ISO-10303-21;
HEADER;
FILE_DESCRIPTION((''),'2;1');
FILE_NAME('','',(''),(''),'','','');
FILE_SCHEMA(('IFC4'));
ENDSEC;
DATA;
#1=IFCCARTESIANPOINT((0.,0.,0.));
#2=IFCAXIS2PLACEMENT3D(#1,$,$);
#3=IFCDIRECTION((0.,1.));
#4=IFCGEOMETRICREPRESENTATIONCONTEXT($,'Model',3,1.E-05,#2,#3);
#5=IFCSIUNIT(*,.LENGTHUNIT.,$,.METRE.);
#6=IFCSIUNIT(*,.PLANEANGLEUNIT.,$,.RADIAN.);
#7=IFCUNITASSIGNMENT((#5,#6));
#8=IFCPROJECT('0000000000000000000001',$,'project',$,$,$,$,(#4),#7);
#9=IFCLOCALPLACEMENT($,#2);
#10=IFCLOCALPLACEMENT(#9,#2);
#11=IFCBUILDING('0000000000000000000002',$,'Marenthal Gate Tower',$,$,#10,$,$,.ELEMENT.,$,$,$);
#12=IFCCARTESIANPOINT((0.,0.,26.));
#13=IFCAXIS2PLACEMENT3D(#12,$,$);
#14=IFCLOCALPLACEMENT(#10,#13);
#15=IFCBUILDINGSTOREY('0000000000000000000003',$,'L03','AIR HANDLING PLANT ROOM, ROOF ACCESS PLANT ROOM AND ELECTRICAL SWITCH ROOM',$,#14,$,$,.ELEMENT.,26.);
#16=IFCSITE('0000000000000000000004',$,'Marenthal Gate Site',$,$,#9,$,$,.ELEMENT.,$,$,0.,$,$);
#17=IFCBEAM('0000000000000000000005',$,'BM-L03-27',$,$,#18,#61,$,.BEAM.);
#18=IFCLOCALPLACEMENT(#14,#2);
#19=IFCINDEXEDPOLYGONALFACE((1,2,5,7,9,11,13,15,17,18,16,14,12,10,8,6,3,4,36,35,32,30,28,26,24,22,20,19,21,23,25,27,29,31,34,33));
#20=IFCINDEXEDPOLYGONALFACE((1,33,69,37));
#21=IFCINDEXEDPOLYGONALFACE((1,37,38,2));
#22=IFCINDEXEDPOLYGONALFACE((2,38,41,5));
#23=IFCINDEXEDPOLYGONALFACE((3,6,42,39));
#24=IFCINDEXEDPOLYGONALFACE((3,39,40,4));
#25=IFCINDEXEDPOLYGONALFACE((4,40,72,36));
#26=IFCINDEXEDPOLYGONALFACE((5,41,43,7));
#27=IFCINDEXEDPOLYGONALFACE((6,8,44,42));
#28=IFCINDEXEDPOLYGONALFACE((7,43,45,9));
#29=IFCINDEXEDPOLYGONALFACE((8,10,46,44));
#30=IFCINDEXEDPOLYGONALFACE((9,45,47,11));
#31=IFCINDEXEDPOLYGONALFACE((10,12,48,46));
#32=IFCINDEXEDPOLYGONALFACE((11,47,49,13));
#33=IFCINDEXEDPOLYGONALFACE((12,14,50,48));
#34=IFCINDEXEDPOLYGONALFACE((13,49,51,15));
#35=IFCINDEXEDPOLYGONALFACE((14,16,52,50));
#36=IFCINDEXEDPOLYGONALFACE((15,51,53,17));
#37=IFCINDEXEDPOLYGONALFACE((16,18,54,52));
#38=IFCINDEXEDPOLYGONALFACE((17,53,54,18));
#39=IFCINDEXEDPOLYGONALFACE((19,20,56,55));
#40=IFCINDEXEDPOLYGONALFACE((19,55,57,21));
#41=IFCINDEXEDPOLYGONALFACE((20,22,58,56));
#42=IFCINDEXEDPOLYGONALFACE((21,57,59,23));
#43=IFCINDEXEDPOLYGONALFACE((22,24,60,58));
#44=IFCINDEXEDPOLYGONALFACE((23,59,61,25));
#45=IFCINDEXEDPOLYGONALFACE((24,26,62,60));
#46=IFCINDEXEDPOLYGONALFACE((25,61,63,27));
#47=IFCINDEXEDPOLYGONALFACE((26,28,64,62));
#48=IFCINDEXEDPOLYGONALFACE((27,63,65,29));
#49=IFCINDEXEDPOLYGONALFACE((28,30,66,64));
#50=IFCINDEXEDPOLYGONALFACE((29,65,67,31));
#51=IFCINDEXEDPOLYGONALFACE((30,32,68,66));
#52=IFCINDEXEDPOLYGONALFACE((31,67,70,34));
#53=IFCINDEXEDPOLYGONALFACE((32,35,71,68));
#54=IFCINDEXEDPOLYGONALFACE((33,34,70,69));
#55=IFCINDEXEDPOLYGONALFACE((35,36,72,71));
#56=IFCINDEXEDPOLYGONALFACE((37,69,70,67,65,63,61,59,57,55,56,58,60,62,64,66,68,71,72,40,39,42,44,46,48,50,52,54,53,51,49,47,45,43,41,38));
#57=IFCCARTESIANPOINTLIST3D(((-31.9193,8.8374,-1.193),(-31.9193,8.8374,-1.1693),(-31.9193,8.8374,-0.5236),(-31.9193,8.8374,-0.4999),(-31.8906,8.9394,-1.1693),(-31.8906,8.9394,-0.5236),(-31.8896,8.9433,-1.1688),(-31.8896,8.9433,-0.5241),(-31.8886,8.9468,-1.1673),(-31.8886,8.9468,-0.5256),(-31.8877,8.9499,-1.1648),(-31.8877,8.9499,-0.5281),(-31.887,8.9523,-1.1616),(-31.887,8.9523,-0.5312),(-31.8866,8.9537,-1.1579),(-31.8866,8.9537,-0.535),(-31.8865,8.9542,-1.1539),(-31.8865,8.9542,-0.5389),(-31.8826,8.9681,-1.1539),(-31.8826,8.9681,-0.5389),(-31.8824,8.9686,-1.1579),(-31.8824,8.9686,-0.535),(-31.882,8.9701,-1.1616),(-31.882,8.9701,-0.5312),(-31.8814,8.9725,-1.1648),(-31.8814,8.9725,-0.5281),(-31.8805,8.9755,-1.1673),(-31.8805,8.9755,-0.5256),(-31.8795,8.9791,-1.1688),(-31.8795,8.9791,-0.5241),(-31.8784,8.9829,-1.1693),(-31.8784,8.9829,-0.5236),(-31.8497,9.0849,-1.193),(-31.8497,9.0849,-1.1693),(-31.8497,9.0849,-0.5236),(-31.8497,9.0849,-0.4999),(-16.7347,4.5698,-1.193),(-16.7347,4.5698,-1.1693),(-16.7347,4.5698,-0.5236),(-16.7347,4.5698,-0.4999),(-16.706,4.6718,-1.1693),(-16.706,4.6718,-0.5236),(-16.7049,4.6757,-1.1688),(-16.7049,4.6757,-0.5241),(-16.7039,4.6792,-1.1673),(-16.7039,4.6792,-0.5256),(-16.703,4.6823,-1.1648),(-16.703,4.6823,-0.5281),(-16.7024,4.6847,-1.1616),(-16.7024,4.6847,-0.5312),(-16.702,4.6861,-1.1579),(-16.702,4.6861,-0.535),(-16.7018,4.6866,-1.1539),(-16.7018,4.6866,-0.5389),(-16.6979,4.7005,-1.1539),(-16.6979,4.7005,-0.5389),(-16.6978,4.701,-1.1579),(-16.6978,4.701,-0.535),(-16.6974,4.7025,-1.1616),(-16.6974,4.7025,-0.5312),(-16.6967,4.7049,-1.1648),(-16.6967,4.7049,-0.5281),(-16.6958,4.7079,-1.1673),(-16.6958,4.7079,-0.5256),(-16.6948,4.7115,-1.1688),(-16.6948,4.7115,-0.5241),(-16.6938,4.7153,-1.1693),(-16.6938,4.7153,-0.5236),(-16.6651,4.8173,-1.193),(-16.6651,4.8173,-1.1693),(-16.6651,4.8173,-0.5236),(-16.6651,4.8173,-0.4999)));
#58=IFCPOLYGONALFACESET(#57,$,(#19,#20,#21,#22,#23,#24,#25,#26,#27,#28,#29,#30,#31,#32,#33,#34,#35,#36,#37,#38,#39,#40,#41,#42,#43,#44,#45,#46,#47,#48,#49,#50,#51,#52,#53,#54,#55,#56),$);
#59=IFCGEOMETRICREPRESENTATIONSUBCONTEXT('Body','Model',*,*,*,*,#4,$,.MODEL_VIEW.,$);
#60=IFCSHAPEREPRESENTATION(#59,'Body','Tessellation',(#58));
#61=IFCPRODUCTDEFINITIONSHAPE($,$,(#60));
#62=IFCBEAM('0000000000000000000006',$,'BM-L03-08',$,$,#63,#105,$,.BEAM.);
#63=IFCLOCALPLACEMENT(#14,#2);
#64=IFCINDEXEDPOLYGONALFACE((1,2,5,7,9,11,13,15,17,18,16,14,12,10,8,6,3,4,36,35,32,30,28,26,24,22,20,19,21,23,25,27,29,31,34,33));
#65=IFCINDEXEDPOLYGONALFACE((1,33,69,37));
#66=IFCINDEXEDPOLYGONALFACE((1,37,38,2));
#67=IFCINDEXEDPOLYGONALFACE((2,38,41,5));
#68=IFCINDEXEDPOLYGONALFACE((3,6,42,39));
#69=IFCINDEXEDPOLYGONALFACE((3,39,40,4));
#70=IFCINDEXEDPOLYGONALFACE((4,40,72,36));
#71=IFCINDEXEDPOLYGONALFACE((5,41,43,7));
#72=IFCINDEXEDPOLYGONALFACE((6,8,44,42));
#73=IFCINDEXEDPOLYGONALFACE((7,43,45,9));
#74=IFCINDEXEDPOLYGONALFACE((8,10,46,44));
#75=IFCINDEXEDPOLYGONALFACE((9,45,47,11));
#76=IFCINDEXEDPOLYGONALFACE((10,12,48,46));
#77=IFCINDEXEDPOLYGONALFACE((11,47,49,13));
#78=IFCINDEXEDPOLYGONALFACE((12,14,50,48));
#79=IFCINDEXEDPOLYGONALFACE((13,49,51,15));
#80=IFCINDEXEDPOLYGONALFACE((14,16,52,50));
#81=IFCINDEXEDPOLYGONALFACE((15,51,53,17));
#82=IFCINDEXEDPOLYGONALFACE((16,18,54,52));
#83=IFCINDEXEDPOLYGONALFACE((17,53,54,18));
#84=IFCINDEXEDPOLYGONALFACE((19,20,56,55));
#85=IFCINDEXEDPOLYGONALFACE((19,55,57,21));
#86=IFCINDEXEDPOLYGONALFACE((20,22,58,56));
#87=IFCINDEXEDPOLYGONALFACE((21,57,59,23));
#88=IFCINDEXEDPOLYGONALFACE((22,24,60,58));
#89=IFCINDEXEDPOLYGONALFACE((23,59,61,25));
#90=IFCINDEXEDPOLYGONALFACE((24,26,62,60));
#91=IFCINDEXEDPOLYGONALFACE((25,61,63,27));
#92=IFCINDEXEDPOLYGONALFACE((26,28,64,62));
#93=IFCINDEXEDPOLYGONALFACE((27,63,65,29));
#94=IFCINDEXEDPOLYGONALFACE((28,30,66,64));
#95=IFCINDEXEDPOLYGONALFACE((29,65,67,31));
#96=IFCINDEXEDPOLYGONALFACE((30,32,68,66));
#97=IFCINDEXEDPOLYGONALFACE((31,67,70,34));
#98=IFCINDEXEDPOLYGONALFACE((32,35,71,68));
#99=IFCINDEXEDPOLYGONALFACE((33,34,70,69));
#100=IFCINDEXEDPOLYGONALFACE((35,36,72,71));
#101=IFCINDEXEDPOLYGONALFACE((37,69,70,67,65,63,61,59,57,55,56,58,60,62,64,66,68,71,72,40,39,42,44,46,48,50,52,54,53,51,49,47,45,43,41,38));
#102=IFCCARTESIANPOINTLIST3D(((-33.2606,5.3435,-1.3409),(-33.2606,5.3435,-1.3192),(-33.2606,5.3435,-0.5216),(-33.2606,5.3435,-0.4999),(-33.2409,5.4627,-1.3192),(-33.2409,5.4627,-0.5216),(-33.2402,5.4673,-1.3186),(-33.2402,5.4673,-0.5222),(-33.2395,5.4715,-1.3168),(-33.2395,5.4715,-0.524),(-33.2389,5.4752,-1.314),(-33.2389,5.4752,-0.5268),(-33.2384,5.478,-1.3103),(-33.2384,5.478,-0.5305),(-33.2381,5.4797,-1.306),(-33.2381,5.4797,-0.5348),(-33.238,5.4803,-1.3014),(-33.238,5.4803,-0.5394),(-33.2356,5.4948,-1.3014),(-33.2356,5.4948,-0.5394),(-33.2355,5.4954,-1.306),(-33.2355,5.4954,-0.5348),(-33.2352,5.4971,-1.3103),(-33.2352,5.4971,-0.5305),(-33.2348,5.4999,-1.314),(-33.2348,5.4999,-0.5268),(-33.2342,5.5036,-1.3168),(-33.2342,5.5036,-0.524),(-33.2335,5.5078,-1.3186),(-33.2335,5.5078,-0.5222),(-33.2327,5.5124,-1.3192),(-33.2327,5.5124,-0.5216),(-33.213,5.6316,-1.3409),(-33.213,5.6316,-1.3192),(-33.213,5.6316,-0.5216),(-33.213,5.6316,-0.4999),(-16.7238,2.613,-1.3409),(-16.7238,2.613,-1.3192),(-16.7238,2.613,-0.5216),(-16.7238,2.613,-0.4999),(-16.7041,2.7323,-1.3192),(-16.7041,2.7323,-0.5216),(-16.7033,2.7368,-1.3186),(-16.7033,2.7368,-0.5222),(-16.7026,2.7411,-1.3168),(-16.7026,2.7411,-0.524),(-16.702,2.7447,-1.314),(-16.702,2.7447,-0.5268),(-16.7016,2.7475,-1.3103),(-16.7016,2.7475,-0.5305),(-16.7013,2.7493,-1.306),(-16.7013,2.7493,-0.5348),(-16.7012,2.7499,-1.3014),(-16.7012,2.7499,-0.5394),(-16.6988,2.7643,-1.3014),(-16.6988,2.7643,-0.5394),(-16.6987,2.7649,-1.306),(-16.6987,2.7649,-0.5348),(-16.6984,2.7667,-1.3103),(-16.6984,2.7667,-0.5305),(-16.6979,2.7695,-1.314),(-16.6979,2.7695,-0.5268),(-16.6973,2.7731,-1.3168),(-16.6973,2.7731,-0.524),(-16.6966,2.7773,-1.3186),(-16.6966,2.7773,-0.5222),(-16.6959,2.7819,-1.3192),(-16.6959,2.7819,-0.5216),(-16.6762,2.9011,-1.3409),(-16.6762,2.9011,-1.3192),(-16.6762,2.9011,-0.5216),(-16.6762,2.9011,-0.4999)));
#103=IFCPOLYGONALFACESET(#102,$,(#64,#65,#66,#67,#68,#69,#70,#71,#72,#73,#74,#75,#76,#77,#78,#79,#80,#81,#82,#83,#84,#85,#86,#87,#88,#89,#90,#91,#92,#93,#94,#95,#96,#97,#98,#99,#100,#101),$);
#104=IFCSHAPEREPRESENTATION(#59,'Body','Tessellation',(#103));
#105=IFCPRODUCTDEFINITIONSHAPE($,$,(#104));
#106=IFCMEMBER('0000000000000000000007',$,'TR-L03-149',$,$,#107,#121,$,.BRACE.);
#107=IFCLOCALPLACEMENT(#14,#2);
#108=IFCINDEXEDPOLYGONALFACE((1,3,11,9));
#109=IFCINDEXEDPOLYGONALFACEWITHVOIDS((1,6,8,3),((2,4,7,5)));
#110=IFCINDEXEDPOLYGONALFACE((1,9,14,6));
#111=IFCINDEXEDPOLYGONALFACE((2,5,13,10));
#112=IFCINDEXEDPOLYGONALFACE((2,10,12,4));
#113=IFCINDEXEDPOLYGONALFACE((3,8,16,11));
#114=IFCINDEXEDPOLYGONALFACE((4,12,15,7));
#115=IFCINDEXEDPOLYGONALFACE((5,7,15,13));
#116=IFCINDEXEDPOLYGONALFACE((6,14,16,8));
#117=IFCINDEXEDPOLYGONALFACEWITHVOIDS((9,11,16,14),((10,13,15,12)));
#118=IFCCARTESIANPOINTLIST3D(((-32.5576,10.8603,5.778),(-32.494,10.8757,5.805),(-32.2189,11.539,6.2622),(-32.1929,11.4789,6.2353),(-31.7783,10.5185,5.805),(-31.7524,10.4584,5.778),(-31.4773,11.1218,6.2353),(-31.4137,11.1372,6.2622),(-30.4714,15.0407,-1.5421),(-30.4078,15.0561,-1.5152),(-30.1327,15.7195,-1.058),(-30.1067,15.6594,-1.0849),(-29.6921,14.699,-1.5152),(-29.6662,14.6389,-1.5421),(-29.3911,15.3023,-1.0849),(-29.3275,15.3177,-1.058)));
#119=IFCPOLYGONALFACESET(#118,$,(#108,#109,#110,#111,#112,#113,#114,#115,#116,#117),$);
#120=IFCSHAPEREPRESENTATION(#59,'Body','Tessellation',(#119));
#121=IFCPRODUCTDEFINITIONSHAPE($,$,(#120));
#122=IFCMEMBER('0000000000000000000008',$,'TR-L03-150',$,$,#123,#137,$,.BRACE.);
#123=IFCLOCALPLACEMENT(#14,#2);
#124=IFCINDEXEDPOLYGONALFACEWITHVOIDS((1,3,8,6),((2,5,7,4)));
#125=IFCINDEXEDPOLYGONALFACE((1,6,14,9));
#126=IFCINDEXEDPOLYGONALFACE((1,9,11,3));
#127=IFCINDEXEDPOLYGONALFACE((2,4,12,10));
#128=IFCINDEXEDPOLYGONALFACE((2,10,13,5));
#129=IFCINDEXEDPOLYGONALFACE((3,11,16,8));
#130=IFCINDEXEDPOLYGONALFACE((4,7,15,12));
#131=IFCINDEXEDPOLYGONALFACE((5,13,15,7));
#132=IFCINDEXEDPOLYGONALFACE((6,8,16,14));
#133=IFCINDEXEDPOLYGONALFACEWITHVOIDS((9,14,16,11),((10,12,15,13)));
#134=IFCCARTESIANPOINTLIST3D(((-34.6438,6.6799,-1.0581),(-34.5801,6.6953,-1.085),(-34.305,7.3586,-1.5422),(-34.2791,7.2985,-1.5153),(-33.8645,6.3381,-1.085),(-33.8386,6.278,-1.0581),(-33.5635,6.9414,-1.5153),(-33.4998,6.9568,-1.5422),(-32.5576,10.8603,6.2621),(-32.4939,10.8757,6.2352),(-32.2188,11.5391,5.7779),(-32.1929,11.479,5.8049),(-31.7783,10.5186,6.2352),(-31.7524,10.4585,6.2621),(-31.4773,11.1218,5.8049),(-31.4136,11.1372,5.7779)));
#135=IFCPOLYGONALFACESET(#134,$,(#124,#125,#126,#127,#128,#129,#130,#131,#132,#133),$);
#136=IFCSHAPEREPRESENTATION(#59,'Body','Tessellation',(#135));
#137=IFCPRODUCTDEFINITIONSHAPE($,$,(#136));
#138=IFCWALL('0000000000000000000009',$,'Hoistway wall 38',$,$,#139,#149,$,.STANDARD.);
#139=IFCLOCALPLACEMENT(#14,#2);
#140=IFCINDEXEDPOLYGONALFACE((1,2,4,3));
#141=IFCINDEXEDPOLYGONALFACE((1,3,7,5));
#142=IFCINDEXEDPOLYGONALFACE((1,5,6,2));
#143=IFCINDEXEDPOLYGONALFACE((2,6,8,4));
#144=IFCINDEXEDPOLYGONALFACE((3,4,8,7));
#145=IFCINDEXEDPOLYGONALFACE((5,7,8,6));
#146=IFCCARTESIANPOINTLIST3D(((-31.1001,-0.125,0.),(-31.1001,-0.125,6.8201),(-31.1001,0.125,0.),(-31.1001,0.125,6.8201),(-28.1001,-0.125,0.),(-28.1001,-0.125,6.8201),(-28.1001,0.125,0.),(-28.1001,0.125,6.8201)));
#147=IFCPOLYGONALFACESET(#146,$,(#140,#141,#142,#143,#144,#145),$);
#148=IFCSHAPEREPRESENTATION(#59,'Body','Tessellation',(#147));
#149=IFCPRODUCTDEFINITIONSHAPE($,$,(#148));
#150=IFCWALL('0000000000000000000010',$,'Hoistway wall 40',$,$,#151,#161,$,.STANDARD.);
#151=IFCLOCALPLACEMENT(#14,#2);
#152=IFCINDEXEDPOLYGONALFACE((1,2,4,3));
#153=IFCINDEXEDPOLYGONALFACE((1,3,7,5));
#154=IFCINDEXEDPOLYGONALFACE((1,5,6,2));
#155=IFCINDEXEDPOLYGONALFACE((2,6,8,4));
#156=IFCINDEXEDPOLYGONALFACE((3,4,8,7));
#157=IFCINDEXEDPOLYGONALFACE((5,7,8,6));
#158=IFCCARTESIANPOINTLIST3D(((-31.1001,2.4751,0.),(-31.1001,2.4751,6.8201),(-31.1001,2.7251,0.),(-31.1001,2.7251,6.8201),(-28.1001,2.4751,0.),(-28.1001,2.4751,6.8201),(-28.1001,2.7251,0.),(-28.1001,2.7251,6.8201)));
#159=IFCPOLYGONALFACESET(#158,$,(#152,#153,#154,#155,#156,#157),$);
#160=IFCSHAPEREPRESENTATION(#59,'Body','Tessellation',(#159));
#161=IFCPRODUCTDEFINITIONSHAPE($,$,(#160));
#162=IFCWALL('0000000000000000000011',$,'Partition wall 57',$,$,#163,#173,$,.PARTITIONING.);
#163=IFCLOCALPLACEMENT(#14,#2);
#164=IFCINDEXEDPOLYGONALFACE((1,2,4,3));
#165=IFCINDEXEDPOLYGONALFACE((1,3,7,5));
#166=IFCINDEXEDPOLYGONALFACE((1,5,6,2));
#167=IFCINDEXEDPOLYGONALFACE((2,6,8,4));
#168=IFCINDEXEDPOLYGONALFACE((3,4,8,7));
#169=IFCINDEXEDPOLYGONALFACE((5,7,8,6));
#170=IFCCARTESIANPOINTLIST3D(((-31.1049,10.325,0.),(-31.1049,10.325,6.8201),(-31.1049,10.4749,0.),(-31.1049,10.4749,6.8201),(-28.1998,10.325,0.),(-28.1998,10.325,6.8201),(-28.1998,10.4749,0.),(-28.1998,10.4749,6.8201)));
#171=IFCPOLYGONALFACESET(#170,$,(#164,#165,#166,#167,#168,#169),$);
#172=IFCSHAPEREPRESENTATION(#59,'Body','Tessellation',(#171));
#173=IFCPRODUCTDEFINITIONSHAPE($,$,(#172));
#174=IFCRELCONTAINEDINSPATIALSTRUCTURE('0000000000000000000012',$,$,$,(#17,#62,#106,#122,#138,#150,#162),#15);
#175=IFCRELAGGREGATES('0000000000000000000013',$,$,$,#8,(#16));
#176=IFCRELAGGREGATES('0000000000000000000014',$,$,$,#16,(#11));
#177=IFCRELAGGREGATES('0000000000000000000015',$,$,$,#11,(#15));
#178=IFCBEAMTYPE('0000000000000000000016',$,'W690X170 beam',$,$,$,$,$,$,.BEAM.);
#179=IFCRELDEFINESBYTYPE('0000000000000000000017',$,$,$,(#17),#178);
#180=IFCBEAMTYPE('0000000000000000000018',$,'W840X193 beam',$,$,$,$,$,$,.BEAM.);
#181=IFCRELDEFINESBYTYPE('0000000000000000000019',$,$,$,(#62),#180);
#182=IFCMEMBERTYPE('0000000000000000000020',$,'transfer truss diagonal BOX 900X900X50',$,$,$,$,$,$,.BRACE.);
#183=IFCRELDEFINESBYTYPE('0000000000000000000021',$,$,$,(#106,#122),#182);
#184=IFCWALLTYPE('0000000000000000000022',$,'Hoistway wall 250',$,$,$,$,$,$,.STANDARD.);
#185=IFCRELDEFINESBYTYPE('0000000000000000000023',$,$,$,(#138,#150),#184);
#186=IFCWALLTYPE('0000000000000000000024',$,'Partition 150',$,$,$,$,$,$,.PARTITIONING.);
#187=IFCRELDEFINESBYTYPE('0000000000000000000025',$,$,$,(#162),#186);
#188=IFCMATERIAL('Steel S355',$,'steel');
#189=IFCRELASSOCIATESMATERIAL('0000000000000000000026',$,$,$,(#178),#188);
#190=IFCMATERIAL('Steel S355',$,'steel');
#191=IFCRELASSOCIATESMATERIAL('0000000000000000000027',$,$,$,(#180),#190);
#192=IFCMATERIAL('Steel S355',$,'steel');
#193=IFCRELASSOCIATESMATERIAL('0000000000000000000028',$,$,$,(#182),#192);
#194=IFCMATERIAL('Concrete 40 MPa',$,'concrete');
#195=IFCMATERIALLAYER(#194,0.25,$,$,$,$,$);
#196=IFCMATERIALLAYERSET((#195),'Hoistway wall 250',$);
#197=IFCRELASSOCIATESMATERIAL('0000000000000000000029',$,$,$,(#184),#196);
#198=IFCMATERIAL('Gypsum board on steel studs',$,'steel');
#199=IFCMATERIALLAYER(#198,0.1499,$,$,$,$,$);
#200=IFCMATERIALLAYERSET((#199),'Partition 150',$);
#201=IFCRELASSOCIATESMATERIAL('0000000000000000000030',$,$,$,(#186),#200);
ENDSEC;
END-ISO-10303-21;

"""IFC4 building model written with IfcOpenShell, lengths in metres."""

from ifc_helpers import new_model, si_unit, direction, frame, frame_2d, origin, origin_2d, place, context, subcontext, project, spatial, rectangle, hollow_rectangle, i_section, extrude, material, layer, layer_set, material_profile, profile_set, type_object, element, save


model = new_model("IFC4")

# Units and contexts
model_context = context("Model", 3, precision=1e-05, world=origin(), true_north=direction((0.0, 1.0)))
body_context = subcontext(model_context, "Body", "Model", "MODEL_VIEW")
ifc_project = project(units=[si_unit("LENGTHUNIT", "METRE"), si_unit("PLANEANGLEUNIT", "RADIAN")], contexts=[model_context])

# Site, building, storey
site_placement = place(None, origin())
site = spatial("IfcSite", under=ifc_project, at=site_placement, Name="Marenthal Gate Site", CompositionType="ELEMENT", RefElevation=0.0)
building_placement = place(site_placement, origin())
building = spatial("IfcBuilding", under=site, at=building_placement, Name="Marenthal Gate Tower", CompositionType="ELEMENT")
storey_placement = place(building_placement, frame((0.0, 0.0, 26.0)))
storey = spatial("IfcBuildingStorey", under=building, at=storey_placement, Name="L03", Description="AIR HANDLING PLANT ROOM, ROOF ACCESS PLANT ROOM AND ELECTRICAL SWITCH ROOM", CompositionType="ELEMENT", Elevation=26.0)

# Beams
ifc_material_1 = material(Name="Steel S355", Category="steel")
ifc_material_profile_1 = material_profile(ifc_material_1, i_section(OverallWidth=0.2571, OverallDepth=0.6931, WebThickness=0.0144, FlangeThickness=0.0237, FilletRadius=0.0154, at=origin_2d()), Name="W690X170")
ifc_profile_set_1 = profile_set([ifc_material_profile_1], Name="Steel S355")
beam_type_1 = type_object("IfcBeamType", Name="W690X170 beam", PredefinedType="BEAM", material=ifc_profile_set_1)
beam_1_placement = place(storey_placement, frame((-31.8845, 8.9612, -0.8464), z_axis=(0.962702, -0.270564, 0.0), x_axis=(0.270564, 0.962702, 0.0)))
element("IfcBeam", 1, at=beam_1_placement, inside=storey, type_object=beam_type_1, Name="BM-L03-27", PredefinedType="BEAM", context=body_context, shape_type="SweptSolid", body=[
    extrude(i_section(OverallWidth=0.2571, OverallDepth=0.6931, WebThickness=0.0144, FlangeThickness=0.0237, FilletRadius=0.0154, at=origin_2d()), origin(), (0.0, 0.0, 1.0), 15.7729),
])
ifc_material_2 = material(Name="Steel S355", Category="steel")
ifc_material_profile_2 = material_profile(ifc_material_2, i_section(OverallWidth=0.292, OverallDepth=0.8411, WebThickness=0.0146, FlangeThickness=0.0217, FilletRadius=0.0178, at=origin_2d()), Name="W840X193")
ifc_profile_set_2 = profile_set([ifc_material_profile_2], Name="Steel S355")
beam_type_2 = type_object("IfcBeamType", Name="W840X193 beam", PredefinedType="BEAM", material=ifc_profile_set_2)
beam_2_placement = place(storey_placement, frame((-33.2368, 5.4875, -0.9204), z_axis=(0.986641, -0.162908, 0.0), x_axis=(0.162908, 0.986641, 0.0)))
element("IfcBeam", 2, at=beam_2_placement, inside=storey, type_object=beam_type_2, Name="BM-L03-08", PredefinedType="BEAM", context=body_context, shape_type="SweptSolid", body=[
    extrude(i_section(OverallWidth=0.292, OverallDepth=0.8411, WebThickness=0.0146, FlangeThickness=0.0217, FilletRadius=0.0178, at=origin_2d()), origin(), (0.0, 0.0, 1.0), 16.7607),
])

# Members
ifc_material_3 = material(Name="Steel S355", Category="steel")
ifc_material_profile_3 = material_profile(ifc_material_3, hollow_rectangle(XDim=0.8999, YDim=0.8999, WallThickness=0.05, at=origin_2d()), Name="BOX 900X900X50")
ifc_profile_set_3 = profile_set([ifc_material_profile_3], Name="Steel S355")
member_type = type_object("IfcMemberType", Name="transfer truss diagonal BOX 900X900X50", PredefinedType="BRACE", material=ifc_profile_set_3)
for number, where, z_axis, x_axis, name in (
    (3, (-29.8994, 15.1792, -1.3), (-0.240233, -0.481395, 0.84294), (0.894772, -0.446524, 0.0), "TR-L03-149"),
    (4, (-31.9856, 10.9988, 6.02), (-0.240233, -0.481395, -0.84294), (0.894772, -0.446524, 0.0), "TR-L03-150"),
):
    element("IfcMember", number, at=place(storey_placement, frame(where, z_axis=z_axis, x_axis=x_axis)), inside=storey, type_object=member_type, Name=name, PredefinedType="BRACE", context=body_context, shape_type="SweptSolid", body=[
        extrude(hollow_rectangle(XDim=0.8999, YDim=0.8999, WallThickness=0.05, at=origin_2d()), origin(), (0.0, 0.0, 1.0), 8.6841),
    ])

# Walls
ifc_material_4 = material(Name="Concrete 40 MPa", Category="concrete")
ifc_layer_1 = layer(ifc_material_4, 0.25)
ifc_layer_set_1 = layer_set([ifc_layer_1], Name="Hoistway wall 250")
wall_type_1 = type_object("IfcWallType", Name="Hoistway wall 250", PredefinedType="STANDARD", material=ifc_layer_set_1)
for number, where, z_axis, x_axis, name in (
    (5, (-31.1001, 0.0, 0.0), (0.0, 0.0, 1.0), (1.0, 0.0, 0.0), "Hoistway wall 38"),
    (6, (-31.1001, 2.6001, 0.0), (0.0, 0.0, 1.0), (1.0, 0.0, 0.0), "Hoistway wall 40"),
):
    element("IfcWall", number, at=place(storey_placement, frame(where, z_axis=z_axis, x_axis=x_axis)), inside=storey, type_object=wall_type_1, Name=name, PredefinedType="STANDARD", context=body_context, shape_type="SweptSolid", body=[
        extrude(rectangle(XDim=3.0, YDim=0.25, at=frame_2d((1.5, 0.0))), origin(), (0.0, 0.0, 1.0), 6.8201),
    ])
ifc_material_5 = material(Name="Gypsum board on steel studs", Category="steel")
ifc_layer_2 = layer(ifc_material_5, 0.1499)
ifc_layer_set_2 = layer_set([ifc_layer_2], Name="Partition 150")
wall_type_2 = type_object("IfcWallType", Name="Partition 150", PredefinedType="PARTITIONING", material=ifc_layer_set_2)
wall_1_placement = place(storey_placement, frame((-31.105, 10.3999, 0.0), z_axis=(0.0, 0.0, 1.0), x_axis=(1.0, 0.0, 0.0)))
element("IfcWall", 7, at=wall_1_placement, inside=storey, type_object=wall_type_2, Name="Partition wall 57", PredefinedType="PARTITIONING", context=body_context, shape_type="SweptSolid", body=[
    extrude(rectangle(XDim=2.905, YDim=0.1499, at=frame_2d((1.4526, 0.0))), origin(), (0.0, 0.0, 1.0), 6.8201),
])

save(model, "model.ifc")
